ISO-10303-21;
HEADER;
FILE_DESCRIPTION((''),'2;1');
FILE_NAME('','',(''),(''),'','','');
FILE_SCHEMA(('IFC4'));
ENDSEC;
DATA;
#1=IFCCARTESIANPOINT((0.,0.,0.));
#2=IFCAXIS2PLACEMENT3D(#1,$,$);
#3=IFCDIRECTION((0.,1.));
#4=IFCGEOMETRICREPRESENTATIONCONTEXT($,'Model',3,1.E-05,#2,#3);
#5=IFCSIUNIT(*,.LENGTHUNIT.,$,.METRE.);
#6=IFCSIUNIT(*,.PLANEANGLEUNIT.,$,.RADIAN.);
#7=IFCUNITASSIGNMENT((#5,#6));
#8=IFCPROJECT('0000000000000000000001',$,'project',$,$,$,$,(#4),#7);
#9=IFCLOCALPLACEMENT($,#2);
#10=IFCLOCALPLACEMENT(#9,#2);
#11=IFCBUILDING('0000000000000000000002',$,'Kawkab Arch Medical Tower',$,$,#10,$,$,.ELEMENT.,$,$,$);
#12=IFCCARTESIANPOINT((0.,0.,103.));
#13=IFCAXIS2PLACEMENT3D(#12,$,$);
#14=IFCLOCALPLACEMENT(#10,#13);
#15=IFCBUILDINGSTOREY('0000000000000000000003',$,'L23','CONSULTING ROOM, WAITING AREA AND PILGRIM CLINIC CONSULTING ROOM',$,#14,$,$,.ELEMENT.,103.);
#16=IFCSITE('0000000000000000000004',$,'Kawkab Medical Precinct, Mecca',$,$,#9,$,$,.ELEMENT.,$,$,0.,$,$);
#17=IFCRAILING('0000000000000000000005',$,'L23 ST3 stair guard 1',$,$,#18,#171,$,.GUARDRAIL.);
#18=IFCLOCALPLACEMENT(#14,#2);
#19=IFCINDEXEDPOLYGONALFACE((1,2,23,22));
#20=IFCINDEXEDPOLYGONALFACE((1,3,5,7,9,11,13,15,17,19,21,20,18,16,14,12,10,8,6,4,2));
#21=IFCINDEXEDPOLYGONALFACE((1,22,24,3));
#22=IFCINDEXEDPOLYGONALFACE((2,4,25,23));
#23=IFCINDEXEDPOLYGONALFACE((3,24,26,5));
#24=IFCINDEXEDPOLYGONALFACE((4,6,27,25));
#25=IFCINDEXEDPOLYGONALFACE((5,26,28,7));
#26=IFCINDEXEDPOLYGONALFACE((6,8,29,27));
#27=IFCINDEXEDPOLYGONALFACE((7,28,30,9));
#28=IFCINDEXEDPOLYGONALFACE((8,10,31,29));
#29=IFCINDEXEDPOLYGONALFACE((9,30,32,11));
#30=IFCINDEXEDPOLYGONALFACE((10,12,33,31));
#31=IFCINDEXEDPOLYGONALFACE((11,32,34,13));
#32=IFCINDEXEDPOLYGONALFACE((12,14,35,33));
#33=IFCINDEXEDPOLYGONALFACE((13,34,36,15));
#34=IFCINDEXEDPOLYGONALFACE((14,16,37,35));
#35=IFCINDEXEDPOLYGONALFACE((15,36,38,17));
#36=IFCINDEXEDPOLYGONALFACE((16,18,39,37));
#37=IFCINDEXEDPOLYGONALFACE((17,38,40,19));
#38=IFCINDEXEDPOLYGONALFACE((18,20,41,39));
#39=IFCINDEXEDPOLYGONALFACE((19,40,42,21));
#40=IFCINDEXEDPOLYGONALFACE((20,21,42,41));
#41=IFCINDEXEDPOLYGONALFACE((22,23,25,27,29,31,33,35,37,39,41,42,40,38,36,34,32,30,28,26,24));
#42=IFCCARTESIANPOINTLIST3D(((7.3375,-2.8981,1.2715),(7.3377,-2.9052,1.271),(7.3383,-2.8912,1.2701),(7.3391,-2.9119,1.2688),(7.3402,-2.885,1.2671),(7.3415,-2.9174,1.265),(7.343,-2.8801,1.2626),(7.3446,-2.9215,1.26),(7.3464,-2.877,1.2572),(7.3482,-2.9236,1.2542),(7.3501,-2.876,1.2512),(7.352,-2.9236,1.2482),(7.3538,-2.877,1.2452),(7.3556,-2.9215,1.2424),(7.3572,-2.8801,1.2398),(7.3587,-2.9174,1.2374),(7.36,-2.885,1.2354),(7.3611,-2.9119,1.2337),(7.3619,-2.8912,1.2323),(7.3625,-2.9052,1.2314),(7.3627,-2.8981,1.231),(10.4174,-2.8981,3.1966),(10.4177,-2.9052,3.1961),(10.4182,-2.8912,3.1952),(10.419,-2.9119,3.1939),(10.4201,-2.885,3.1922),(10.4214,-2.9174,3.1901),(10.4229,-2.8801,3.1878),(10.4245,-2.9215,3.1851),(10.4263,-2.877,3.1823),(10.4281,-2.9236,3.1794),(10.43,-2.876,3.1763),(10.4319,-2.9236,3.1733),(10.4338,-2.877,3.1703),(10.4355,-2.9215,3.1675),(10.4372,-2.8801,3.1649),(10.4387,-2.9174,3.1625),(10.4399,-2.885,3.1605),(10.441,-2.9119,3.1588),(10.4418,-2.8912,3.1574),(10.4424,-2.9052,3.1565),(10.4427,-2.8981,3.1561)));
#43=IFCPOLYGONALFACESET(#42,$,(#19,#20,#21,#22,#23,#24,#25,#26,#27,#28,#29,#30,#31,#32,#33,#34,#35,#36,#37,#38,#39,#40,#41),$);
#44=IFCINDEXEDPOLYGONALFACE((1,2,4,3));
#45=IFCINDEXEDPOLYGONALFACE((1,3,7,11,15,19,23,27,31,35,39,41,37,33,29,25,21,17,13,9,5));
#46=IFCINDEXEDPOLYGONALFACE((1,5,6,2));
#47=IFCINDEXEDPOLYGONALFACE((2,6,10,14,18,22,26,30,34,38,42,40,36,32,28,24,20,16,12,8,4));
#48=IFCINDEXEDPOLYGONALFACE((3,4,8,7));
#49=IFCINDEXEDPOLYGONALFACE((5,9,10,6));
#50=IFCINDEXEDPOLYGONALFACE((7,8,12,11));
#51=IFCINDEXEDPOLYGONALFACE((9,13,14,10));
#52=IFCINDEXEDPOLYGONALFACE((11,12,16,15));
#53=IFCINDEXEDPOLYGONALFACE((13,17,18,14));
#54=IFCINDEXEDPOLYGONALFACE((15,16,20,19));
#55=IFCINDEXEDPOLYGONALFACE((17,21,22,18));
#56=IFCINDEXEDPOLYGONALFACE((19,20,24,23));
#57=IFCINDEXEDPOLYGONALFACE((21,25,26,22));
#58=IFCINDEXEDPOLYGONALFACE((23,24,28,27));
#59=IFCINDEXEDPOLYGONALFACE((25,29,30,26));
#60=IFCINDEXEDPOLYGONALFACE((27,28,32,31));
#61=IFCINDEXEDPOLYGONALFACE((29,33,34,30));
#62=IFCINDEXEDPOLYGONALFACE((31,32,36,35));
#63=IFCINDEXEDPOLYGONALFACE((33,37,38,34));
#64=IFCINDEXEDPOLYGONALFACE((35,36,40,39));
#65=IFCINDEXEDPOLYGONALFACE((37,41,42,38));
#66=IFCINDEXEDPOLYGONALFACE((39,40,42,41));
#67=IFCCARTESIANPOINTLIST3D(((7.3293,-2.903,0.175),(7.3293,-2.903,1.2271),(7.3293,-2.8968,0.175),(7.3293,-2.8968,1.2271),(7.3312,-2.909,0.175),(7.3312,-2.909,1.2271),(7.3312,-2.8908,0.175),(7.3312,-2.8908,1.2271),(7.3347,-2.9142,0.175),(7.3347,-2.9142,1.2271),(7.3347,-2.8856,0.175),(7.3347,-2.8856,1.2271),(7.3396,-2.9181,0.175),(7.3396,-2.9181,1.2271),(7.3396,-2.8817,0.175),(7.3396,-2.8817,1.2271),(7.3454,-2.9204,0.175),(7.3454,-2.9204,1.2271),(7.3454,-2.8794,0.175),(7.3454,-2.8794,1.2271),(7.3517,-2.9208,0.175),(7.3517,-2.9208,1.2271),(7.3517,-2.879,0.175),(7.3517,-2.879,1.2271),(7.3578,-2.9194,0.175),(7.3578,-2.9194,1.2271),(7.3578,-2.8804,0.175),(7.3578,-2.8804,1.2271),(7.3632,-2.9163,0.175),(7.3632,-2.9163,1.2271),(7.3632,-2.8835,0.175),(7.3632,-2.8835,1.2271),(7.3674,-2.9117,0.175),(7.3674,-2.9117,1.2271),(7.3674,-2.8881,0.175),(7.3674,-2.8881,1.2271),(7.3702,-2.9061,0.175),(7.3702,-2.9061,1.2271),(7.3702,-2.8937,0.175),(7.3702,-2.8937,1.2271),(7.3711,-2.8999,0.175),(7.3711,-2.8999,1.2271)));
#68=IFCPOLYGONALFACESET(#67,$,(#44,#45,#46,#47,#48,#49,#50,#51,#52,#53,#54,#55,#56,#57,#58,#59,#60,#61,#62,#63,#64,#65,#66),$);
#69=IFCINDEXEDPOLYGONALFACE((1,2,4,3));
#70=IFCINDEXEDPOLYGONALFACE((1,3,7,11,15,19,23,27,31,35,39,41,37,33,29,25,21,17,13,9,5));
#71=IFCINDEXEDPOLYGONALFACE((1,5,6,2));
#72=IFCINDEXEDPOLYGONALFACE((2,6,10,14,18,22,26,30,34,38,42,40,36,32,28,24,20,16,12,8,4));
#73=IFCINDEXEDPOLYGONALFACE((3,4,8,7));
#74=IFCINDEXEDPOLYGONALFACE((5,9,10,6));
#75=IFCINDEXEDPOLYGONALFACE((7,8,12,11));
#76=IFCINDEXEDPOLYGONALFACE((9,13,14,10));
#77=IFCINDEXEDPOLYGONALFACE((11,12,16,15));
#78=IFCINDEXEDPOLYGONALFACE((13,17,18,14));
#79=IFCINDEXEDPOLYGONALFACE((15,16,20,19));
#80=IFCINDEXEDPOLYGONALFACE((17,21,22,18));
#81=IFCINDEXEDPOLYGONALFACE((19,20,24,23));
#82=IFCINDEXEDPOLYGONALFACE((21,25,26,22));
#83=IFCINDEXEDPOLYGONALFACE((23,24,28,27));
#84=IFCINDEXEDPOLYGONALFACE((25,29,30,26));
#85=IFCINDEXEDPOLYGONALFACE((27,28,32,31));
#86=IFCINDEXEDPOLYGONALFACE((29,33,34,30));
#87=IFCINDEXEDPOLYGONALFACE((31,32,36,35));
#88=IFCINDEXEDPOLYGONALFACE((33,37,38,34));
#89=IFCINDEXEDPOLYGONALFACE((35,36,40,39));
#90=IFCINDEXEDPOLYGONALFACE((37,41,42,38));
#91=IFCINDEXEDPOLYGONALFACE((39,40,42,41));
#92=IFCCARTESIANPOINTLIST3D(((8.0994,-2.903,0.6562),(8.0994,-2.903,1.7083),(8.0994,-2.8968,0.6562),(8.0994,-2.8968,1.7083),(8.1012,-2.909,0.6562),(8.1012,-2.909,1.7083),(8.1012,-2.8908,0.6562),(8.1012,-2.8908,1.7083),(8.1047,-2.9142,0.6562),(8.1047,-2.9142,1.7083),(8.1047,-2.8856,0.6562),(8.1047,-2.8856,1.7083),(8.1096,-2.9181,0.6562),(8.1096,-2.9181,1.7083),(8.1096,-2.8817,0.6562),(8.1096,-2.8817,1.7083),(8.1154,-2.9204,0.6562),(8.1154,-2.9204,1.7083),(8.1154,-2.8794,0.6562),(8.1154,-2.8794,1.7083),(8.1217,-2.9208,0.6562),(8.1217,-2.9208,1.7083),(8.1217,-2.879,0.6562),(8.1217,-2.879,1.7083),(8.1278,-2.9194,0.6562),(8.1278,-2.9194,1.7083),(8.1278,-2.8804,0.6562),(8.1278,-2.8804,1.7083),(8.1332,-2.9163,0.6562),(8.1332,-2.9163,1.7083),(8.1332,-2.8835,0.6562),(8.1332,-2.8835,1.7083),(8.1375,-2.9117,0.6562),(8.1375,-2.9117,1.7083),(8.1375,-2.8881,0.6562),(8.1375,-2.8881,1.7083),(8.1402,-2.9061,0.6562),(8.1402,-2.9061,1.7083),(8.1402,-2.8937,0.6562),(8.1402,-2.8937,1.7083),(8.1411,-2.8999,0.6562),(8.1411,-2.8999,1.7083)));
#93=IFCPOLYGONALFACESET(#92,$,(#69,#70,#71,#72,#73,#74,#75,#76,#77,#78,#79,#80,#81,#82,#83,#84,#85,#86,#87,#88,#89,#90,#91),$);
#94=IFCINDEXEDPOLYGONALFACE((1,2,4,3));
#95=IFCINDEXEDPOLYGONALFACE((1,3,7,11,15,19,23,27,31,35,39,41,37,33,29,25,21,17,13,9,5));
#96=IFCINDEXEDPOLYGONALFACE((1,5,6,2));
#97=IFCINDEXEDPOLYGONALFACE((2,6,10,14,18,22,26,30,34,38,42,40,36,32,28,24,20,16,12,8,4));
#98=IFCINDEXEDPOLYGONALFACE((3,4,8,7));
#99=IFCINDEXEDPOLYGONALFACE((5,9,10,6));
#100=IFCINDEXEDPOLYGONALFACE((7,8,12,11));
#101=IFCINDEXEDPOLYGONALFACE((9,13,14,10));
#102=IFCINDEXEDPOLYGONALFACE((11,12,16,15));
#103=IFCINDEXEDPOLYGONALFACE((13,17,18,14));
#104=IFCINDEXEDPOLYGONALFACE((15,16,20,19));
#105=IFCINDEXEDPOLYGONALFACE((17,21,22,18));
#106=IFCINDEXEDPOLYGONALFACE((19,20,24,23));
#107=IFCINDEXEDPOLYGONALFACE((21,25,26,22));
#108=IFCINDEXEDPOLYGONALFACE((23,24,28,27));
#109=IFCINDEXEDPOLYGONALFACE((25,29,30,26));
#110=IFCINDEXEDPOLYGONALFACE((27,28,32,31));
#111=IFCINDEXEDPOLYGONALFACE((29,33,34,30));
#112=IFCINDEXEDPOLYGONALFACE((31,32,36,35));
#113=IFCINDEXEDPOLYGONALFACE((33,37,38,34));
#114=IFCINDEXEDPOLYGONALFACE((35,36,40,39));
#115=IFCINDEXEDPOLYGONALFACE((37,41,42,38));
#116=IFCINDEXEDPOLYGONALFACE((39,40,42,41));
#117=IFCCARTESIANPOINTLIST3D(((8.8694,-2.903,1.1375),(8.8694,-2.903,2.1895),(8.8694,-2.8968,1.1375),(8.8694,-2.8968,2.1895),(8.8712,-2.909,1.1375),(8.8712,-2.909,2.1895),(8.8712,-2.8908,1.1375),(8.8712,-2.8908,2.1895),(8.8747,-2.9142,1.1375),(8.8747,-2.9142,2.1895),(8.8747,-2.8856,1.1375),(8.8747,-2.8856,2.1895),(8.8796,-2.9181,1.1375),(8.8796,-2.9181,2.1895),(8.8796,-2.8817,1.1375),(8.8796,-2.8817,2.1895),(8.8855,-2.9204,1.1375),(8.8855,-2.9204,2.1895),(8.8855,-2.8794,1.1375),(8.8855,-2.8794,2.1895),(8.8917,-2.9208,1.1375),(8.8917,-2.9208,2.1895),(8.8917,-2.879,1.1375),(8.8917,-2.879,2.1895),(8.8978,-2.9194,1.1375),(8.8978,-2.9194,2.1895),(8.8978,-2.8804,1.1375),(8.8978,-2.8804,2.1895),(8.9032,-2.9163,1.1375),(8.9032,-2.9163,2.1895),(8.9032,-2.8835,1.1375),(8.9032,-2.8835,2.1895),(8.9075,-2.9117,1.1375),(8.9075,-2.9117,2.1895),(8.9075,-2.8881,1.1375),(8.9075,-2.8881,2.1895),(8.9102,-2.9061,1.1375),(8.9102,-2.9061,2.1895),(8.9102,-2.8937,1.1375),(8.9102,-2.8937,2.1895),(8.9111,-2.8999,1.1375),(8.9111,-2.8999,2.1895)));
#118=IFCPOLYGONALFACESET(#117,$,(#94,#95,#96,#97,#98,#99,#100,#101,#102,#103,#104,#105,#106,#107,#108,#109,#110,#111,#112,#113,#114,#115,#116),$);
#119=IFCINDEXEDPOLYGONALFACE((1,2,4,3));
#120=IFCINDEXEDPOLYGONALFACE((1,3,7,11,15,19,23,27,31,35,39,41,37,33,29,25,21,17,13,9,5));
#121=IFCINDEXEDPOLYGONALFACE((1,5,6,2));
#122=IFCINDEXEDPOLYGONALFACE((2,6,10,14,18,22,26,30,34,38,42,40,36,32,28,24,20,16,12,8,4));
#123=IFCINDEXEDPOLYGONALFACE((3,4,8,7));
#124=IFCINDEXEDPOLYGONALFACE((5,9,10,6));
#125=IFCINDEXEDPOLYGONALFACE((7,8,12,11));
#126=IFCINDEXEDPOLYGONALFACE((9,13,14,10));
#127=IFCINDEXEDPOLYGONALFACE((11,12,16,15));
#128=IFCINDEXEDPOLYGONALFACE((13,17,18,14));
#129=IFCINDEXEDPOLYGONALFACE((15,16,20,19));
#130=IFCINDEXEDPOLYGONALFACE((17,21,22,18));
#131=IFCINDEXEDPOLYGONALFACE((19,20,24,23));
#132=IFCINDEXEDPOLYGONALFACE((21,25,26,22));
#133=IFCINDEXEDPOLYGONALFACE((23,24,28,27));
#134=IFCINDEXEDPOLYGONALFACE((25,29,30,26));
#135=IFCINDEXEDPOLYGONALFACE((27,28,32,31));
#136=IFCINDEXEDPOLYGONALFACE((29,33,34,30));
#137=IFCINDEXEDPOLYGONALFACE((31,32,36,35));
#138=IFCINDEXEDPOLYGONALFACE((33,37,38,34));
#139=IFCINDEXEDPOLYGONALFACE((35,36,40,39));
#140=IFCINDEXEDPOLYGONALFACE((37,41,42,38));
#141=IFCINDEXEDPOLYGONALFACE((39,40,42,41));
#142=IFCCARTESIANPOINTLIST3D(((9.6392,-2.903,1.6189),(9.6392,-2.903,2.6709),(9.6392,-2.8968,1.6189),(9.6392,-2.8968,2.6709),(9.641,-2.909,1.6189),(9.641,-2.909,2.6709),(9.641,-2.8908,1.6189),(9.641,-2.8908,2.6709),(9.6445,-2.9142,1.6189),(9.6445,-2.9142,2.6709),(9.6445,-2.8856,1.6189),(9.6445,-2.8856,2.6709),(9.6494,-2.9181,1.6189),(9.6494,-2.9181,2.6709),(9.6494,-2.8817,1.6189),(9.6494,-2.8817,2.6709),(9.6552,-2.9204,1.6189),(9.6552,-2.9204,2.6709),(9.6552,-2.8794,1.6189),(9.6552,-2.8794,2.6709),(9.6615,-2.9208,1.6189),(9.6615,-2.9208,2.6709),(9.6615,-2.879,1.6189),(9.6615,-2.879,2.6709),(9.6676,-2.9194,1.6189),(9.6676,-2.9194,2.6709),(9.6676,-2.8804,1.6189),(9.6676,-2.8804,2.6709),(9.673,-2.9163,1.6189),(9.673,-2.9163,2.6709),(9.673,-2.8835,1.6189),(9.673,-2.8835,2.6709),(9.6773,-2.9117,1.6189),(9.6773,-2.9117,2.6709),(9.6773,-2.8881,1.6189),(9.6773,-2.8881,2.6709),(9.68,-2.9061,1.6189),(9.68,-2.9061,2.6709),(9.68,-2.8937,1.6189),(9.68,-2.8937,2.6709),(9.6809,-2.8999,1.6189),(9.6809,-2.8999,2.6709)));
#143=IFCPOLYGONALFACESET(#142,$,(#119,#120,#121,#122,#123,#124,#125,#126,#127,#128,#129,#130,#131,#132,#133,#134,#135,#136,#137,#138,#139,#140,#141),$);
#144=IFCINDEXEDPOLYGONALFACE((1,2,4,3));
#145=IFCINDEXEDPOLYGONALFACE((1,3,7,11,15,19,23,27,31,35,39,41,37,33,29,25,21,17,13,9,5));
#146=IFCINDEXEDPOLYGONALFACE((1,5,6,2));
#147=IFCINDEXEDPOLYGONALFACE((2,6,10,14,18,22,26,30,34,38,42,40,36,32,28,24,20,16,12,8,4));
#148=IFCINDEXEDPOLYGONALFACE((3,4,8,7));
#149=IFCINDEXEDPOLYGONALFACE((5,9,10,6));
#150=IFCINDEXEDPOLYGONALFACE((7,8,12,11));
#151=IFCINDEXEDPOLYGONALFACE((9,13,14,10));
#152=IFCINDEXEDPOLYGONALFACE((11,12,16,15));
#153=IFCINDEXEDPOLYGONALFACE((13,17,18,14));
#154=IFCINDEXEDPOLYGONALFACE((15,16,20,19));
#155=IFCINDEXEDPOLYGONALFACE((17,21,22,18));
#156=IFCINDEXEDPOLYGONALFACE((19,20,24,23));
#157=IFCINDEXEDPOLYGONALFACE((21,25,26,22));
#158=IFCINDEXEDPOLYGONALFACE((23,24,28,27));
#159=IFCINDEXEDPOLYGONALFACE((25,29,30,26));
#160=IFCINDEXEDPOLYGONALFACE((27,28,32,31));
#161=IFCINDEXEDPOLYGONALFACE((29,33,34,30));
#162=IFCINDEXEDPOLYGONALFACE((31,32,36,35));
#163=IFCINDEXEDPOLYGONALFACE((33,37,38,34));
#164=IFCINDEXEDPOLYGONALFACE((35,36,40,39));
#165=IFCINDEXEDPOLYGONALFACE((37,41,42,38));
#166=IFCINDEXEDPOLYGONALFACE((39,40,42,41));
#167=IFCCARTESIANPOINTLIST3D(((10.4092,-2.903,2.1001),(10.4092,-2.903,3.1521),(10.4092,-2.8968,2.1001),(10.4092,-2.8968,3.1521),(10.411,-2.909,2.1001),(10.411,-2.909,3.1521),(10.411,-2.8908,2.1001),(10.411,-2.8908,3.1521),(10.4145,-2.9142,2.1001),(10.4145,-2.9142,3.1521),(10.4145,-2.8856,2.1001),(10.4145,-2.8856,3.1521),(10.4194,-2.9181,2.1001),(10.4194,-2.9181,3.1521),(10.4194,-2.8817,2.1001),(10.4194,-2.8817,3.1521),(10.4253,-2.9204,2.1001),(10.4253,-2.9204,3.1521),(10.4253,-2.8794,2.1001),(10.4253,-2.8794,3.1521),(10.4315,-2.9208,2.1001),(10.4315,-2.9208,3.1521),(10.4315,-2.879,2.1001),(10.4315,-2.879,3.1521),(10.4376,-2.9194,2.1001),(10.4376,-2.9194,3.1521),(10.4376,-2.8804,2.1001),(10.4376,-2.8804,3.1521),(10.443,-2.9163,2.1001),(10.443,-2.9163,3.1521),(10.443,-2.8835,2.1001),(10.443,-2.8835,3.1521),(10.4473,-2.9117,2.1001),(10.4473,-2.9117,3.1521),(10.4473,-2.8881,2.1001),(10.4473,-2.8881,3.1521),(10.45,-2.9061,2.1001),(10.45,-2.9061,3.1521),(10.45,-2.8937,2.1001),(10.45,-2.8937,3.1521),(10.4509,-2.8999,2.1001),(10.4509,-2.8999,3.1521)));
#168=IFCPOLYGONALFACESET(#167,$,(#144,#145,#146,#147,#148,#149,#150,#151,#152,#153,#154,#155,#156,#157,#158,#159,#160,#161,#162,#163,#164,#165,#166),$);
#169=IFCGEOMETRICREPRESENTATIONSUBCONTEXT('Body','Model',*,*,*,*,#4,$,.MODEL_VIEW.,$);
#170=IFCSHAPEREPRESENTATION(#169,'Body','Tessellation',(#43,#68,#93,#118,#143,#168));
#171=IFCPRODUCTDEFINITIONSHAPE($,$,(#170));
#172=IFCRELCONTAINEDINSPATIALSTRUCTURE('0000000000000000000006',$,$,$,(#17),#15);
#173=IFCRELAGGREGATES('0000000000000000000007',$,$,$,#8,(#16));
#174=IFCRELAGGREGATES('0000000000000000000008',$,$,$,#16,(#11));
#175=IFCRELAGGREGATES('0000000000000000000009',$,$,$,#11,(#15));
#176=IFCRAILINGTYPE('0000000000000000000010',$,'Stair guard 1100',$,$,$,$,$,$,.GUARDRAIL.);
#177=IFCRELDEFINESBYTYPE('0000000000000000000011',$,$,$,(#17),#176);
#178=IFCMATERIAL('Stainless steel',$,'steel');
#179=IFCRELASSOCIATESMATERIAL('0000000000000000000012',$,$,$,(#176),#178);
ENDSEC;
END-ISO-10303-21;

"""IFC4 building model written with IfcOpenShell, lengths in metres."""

from ifc_helpers import new_model, si_unit, direction, frame, origin, origin_2d, place, context, subcontext, project, spatial, circle, extrude, material, type_object, element, save


model = new_model("IFC4")

# Units and contexts
model_context = context("Model", 3, precision=1e-05, world=origin(), true_north=direction((0.0, 1.0)))
body_context = subcontext(model_context, "Body", "Model", "MODEL_VIEW")
ifc_project = project(units=[si_unit("LENGTHUNIT", "METRE"), si_unit("PLANEANGLEUNIT", "RADIAN")], contexts=[model_context])

# Site, building, storey
site_placement = place(None, origin())
site = spatial("IfcSite", under=ifc_project, at=site_placement, Name="Kawkab Medical Precinct, Mecca", CompositionType="ELEMENT", RefElevation=0.0)
building_placement = place(site_placement, origin())
building = spatial("IfcBuilding", under=site, at=building_placement, Name="Kawkab Arch Medical Tower", CompositionType="ELEMENT")
storey_placement = place(building_placement, frame((0.0, 0.0, 103.0)))
storey = spatial("IfcBuildingStorey", under=building, at=storey_placement, Name="L23", Description="CONSULTING ROOM, WAITING AREA AND PILGRIM CLINIC CONSULTING ROOM", CompositionType="ELEMENT", Elevation=103.0)

# Railing
ifc_material_1 = material(Name="Stainless steel", Category="steel")
railing_type_1 = type_object("IfcRailingType", Name="Stair guard 1100", PredefinedType="GUARDRAIL", material=ifc_material_1)
railing_1_placement = place(storey_placement, frame((7.3501, -2.8999, 0.175)))
element("IfcRailing", 1, at=railing_1_placement, inside=storey, type_object=railing_type_1, Name="L23 ST3 stair guard 1", PredefinedType="GUARDRAIL", context=body_context, shape_type="SweptSolid", body=[
    extrude(circle(Radius=0.0239, at=origin_2d()), frame((0.0, 0.0, 1.0762), z_axis=(0.847979, 0.0, 0.530029), x_axis=(0.0, 1.0, 0.0)), (0.0, 0.0, 1.0), 3.6321),
    extrude(circle(Radius=0.021, at=origin_2d()), origin(), (0.0, 0.0, 1.0), 1.052),
    extrude(circle(Radius=0.021, at=origin_2d()), frame((0.77, 0.0, 0.4812)), (0.0, 0.0, 1.0), 1.052),
    extrude(circle(Radius=0.021, at=origin_2d()), frame((1.54, 0.0, 0.9624)), (0.0, 0.0, 1.0), 1.052),
    extrude(circle(Radius=0.021, at=origin_2d()), frame((2.3098, 0.0, 1.4438)), (0.0, 0.0, 1.0), 1.052),
    extrude(circle(Radius=0.021, at=origin_2d()), frame((3.0798, 0.0, 1.925)), (0.0, 0.0, 1.0), 1.052),
])

save(model, "model.ifc")
